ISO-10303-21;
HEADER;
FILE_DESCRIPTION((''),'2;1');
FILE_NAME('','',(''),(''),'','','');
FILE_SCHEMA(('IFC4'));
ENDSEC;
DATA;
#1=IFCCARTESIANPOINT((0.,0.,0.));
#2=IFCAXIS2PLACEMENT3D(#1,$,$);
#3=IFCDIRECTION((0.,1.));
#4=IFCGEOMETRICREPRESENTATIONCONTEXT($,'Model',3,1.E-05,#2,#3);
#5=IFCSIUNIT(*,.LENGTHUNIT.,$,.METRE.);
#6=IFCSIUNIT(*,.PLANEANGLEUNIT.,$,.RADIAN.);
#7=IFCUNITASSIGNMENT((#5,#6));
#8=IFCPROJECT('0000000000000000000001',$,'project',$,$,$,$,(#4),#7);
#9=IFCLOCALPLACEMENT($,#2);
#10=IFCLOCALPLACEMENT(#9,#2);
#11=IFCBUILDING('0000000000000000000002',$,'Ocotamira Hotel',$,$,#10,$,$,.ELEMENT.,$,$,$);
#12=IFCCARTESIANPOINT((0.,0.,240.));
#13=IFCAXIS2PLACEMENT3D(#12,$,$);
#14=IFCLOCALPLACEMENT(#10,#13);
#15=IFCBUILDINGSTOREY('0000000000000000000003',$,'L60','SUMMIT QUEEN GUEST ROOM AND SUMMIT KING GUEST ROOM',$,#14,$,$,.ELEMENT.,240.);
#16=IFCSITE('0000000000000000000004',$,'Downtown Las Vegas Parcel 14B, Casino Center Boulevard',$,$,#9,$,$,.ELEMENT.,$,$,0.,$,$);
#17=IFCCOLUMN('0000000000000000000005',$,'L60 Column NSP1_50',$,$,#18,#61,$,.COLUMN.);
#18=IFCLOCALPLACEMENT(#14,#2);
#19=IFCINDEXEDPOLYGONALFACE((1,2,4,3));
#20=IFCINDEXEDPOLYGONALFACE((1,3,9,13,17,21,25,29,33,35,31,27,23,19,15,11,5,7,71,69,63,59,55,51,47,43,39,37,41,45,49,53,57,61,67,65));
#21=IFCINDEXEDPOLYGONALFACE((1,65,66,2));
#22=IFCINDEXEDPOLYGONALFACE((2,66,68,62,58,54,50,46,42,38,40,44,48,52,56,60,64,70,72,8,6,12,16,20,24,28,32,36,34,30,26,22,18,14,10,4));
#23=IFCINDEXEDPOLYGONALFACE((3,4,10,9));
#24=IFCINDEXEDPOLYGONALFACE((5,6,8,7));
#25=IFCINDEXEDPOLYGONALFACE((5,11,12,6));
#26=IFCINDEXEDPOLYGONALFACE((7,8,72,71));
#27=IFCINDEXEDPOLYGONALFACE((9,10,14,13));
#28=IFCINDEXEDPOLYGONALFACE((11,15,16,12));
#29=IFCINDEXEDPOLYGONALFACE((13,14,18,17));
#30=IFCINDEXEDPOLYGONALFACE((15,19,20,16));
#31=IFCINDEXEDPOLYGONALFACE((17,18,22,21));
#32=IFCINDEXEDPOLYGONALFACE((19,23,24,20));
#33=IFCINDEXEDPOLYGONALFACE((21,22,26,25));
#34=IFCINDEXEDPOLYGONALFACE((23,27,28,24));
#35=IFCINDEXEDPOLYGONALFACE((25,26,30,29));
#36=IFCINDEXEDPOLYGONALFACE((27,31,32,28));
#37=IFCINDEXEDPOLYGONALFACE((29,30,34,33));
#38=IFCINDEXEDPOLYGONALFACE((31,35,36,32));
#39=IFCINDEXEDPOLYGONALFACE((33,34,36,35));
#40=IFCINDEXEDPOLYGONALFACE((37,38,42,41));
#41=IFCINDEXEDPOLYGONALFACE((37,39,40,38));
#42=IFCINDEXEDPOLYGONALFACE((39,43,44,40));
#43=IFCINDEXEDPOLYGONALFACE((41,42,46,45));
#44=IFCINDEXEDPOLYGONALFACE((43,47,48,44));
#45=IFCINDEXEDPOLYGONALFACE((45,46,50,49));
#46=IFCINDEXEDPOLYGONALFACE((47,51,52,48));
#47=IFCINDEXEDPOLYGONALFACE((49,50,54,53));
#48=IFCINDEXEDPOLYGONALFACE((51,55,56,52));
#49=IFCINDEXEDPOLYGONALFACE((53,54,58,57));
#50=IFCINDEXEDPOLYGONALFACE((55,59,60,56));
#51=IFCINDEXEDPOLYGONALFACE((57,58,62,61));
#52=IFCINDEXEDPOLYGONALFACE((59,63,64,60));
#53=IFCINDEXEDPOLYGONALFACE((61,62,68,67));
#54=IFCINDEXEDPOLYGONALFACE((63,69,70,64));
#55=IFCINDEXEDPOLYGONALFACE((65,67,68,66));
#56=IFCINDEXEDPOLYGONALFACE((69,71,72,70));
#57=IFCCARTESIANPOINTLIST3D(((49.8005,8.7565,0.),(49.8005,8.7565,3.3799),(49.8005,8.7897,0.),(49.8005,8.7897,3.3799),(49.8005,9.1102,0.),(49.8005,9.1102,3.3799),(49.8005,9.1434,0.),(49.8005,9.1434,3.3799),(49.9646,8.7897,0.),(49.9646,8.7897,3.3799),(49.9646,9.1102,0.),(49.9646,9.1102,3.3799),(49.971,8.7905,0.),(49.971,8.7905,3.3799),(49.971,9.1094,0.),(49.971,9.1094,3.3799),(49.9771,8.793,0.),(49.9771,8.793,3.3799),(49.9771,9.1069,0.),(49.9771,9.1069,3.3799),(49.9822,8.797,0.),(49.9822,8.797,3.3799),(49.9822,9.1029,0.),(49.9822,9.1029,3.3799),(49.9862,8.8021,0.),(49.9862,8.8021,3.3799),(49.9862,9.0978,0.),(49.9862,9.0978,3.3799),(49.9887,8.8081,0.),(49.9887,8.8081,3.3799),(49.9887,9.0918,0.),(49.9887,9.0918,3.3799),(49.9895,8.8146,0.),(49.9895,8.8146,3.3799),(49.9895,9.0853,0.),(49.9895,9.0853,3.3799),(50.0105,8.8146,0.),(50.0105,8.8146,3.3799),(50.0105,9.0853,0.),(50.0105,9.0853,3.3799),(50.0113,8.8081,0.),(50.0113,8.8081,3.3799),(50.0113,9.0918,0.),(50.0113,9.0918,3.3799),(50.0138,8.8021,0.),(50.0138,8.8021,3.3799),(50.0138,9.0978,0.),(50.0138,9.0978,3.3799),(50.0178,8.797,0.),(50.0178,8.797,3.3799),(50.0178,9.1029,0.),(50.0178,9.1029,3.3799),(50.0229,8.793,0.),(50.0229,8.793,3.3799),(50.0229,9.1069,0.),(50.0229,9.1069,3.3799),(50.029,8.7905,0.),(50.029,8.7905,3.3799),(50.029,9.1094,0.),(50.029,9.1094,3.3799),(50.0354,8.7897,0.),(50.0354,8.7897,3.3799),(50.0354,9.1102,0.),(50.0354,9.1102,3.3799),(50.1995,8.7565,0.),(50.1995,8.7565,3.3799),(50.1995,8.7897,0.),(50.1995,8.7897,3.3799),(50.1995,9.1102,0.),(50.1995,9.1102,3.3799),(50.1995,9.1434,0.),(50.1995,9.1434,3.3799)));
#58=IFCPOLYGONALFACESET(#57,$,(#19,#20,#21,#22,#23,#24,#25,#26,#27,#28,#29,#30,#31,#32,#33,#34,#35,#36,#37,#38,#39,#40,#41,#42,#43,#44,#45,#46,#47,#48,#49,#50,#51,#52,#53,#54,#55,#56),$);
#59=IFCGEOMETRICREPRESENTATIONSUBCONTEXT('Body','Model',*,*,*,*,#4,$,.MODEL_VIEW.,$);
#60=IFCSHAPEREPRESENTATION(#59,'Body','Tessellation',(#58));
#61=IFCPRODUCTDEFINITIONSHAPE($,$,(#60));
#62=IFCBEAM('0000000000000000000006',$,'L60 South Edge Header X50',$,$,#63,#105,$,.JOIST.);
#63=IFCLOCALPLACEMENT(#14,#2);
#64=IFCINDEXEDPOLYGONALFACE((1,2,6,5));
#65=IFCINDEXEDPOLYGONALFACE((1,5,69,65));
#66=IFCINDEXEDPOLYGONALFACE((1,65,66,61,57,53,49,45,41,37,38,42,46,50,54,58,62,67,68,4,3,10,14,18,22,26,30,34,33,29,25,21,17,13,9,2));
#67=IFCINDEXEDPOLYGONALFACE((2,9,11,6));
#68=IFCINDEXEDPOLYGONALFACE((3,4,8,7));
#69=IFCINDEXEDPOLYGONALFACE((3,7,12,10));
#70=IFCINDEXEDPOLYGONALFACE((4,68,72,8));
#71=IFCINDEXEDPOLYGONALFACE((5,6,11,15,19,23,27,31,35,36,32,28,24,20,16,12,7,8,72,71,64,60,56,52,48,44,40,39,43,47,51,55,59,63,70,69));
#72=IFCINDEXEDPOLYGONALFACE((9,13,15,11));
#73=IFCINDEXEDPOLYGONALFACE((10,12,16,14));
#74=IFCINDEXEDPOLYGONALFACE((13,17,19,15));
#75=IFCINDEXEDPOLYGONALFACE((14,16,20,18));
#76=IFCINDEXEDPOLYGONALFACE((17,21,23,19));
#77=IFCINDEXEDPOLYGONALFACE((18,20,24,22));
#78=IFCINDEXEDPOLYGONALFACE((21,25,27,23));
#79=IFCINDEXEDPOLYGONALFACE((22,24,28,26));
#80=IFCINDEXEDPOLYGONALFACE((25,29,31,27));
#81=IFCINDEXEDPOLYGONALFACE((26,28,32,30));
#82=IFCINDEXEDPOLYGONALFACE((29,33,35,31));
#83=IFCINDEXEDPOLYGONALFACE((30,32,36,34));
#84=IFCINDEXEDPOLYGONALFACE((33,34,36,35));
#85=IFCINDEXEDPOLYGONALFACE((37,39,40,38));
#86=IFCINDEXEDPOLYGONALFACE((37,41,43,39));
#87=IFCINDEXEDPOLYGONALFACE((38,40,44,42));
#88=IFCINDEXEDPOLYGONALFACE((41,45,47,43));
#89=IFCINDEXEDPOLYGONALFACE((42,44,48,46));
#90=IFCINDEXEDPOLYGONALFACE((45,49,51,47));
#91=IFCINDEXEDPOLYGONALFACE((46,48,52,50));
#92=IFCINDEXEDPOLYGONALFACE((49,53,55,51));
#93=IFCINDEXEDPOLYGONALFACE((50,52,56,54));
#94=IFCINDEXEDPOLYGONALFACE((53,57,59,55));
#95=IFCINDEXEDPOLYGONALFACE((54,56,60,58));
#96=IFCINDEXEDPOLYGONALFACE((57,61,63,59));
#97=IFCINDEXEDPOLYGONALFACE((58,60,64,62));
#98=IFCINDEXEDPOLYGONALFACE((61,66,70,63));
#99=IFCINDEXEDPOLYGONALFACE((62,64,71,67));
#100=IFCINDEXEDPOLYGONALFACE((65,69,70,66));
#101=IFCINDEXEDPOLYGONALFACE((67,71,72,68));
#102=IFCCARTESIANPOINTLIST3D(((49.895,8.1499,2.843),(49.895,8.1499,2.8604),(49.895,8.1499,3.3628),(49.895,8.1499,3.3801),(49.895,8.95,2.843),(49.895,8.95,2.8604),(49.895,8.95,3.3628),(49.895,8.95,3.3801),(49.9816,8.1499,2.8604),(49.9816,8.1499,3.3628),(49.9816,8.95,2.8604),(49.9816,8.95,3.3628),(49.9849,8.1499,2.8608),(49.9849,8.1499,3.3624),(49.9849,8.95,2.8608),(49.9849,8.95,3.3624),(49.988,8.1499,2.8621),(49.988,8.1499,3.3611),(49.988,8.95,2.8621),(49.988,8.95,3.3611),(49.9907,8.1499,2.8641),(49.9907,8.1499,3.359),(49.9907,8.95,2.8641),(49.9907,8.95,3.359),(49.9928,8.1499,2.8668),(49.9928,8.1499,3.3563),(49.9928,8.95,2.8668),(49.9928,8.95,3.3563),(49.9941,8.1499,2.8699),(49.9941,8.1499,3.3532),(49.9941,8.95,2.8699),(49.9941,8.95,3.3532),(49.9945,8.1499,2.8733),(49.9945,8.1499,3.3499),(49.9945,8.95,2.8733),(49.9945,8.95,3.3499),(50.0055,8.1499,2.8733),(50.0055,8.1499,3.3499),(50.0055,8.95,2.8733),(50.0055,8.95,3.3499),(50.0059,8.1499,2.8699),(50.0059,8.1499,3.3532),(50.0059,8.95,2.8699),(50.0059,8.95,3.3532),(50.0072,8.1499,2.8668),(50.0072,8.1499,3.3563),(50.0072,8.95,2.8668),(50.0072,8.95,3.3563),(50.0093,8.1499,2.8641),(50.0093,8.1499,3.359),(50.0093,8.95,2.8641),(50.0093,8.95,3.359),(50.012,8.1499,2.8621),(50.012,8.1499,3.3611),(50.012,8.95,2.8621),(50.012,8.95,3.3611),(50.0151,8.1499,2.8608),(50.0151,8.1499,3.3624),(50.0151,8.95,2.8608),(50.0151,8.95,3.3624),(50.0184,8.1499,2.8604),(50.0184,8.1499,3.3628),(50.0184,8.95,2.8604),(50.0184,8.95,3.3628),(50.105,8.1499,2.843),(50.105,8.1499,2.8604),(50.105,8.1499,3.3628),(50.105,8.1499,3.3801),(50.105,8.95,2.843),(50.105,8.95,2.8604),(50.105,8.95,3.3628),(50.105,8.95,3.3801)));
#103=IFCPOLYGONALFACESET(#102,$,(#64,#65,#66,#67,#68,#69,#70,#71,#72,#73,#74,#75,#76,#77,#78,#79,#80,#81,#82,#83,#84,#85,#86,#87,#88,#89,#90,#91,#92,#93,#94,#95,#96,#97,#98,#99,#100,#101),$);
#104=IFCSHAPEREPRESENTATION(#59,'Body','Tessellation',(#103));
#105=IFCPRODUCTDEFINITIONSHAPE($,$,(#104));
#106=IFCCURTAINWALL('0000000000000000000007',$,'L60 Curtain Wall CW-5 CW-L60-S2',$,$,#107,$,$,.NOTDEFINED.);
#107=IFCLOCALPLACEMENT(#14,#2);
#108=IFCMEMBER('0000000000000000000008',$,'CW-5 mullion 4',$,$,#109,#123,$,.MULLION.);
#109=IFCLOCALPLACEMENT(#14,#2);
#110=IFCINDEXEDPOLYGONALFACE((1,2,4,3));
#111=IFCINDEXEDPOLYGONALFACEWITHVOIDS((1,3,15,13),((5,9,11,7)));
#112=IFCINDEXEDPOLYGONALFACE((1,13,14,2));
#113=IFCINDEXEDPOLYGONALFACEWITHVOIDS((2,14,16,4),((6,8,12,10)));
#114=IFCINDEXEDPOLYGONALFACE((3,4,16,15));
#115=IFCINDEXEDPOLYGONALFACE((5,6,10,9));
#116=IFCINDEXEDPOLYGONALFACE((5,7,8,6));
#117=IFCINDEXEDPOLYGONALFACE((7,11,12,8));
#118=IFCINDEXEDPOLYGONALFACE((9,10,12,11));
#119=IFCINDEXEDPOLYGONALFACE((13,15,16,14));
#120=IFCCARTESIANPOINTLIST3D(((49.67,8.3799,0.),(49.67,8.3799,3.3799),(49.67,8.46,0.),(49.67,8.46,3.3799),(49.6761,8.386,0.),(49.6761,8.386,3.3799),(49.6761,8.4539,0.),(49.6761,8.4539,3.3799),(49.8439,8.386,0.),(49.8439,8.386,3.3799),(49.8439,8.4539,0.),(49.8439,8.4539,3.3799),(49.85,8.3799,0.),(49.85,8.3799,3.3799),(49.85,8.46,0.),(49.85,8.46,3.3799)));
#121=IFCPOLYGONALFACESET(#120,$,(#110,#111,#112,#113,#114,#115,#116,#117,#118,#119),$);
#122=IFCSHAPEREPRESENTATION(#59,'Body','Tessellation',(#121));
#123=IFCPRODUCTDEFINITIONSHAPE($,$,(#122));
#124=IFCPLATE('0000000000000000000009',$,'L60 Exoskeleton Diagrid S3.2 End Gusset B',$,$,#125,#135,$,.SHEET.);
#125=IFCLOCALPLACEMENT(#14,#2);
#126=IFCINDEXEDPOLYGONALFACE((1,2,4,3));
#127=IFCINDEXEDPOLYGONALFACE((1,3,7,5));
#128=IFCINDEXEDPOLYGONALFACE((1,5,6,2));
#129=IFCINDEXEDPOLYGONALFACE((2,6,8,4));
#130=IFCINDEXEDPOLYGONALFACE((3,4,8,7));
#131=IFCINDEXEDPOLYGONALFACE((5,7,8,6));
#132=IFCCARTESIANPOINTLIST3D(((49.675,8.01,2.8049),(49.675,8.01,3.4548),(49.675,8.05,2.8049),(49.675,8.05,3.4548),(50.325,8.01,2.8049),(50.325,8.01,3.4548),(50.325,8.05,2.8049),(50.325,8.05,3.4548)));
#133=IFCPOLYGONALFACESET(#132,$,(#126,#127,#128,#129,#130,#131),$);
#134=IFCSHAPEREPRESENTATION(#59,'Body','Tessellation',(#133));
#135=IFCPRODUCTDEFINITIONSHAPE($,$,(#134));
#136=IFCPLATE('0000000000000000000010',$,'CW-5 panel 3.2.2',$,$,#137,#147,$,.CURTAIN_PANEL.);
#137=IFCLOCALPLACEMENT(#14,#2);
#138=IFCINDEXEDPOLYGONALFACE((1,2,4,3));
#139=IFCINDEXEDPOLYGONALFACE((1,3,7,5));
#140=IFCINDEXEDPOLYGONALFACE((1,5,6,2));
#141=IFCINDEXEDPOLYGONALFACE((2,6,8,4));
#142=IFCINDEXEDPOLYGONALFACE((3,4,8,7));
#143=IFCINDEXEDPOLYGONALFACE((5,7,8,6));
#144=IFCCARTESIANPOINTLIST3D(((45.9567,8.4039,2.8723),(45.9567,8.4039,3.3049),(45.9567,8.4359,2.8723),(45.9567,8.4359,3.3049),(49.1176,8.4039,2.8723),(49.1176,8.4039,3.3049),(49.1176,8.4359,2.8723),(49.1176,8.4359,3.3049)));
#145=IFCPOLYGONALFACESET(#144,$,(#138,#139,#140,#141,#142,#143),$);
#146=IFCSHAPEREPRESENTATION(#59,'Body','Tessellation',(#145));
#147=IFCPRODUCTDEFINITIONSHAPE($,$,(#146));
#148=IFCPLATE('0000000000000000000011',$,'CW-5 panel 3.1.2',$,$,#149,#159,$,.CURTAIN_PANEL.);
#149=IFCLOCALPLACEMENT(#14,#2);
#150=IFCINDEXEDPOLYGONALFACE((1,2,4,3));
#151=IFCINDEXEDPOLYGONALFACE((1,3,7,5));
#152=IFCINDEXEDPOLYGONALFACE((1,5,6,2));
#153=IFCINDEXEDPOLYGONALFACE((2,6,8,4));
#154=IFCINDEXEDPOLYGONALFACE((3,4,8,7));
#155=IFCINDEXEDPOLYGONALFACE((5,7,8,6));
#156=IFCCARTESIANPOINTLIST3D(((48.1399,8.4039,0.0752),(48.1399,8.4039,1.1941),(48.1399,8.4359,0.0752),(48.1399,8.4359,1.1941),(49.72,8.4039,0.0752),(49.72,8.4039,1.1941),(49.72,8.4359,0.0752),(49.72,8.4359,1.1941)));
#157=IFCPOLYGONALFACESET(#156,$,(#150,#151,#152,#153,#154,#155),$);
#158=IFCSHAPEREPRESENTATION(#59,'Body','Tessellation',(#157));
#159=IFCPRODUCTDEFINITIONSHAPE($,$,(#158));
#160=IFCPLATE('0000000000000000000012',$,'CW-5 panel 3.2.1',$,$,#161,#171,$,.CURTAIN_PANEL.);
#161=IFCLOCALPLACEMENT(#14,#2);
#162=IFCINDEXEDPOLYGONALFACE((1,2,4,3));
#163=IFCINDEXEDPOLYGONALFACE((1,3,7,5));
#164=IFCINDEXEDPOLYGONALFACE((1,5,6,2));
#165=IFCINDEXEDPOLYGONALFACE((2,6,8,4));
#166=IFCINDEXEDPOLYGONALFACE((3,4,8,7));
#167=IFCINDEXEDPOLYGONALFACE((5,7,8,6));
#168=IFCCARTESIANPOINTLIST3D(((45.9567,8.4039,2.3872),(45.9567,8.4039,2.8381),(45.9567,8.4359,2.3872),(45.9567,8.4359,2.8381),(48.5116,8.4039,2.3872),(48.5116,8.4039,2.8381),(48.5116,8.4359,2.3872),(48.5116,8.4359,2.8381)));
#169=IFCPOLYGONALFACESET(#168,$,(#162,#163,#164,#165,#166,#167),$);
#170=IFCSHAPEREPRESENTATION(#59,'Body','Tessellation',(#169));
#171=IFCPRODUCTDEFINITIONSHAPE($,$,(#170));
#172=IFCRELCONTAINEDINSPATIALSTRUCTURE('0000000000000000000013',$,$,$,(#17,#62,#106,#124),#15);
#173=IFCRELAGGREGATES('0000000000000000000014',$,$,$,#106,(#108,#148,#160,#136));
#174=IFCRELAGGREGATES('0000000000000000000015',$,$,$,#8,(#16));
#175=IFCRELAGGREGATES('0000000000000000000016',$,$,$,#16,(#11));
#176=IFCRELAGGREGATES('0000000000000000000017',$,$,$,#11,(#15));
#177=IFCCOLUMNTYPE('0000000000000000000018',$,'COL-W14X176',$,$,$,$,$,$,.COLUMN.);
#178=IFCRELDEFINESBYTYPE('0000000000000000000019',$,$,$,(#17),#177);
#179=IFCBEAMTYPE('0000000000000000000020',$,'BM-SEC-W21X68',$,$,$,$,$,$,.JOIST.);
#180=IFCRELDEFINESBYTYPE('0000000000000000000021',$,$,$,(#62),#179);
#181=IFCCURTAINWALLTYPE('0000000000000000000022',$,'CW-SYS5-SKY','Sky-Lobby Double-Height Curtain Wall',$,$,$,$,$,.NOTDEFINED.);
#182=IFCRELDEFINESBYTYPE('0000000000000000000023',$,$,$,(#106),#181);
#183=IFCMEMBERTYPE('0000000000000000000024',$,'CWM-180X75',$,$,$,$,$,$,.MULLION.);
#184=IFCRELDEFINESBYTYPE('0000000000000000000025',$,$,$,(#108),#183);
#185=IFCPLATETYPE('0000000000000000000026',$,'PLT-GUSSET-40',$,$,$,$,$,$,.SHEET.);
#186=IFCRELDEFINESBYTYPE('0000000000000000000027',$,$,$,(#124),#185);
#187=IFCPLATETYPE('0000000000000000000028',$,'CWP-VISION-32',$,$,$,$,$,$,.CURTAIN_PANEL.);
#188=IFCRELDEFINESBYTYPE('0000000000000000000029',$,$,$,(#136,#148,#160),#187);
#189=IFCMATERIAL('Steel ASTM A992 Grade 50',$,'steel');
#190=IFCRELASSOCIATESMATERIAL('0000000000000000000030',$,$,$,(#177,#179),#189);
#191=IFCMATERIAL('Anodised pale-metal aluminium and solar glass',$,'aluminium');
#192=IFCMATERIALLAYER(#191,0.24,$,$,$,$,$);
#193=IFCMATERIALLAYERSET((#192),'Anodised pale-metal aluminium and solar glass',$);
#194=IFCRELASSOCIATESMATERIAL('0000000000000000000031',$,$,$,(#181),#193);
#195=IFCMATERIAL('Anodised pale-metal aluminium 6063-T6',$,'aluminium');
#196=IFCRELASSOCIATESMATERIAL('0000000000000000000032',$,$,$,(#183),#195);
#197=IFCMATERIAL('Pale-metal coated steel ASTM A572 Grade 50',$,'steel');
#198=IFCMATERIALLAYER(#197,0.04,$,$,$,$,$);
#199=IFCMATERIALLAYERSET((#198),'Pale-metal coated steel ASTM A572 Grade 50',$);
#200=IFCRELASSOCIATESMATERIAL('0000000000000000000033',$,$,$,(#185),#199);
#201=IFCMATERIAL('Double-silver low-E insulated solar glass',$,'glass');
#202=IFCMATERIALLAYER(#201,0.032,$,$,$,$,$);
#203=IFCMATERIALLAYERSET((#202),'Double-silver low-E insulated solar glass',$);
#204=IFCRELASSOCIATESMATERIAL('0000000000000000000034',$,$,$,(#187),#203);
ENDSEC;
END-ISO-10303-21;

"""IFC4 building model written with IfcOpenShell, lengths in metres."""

from ifc_helpers import new_model, si_unit, direction, frame, origin, origin_2d, place, context, subcontext, project, spatial, rectangle, hollow_rectangle, i_section, extrude, source, transform, mapped, material, layer, layer_set, material_profile, profile_set, type_object, element, aggregate, save


model = new_model("IFC4")

# Units and contexts
model_context = context("Model", 3, precision=1e-05, world=origin(), true_north=direction((0.0, 1.0)))
body_context = subcontext(model_context, "Body", "Model", "MODEL_VIEW")
ifc_project = project(units=[si_unit("LENGTHUNIT", "METRE"), si_unit("PLANEANGLEUNIT", "RADIAN")], contexts=[model_context])

# Site, building, storey
site_placement = place(None, origin())
site = spatial("IfcSite", under=ifc_project, at=site_placement, Name="Downtown Las Vegas Parcel 14B, Casino Center Boulevard", CompositionType="ELEMENT", RefElevation=0.0)
building_placement = place(site_placement, origin())
building = spatial("IfcBuilding", under=site, at=building_placement, Name="Ocotamira Hotel", CompositionType="ELEMENT")
storey_placement = place(building_placement, frame((0.0, 0.0, 240.0)))
storey = spatial("IfcBuildingStorey", under=building, at=storey_placement, Name="L60", Description="SUMMIT QUEEN GUEST ROOM AND SUMMIT KING GUEST ROOM", CompositionType="ELEMENT", Elevation=240.0)

# Column
ifc_material_1 = material(Name="Steel ASTM A992 Grade 50", Category="steel")
ifc_material_profile_1 = material_profile(ifc_material_1, i_section(OverallWidth=0.3989, OverallDepth=0.387, WebThickness=0.021, FlangeThickness=0.0332, FilletRadius=0.0249, at=origin_2d()), Name="W14X176")
ifc_profile_set_1 = profile_set([ifc_material_profile_1], Name="Steel ASTM A992 Grade 50")
column_type = type_object("IfcColumnType", Name="COL-W14X176", PredefinedType="COLUMN", material=ifc_profile_set_1)
shared_shape_1 = source(origin(), body_context, "Body", "SweptSolid", [
    extrude(i_section(OverallWidth=0.3989, OverallDepth=0.387, WebThickness=0.021, FlangeThickness=0.0332, FilletRadius=0.0249, at=origin_2d()), origin(), (0.0, 0.0, 1.0), 3.3799),
])
column_placement = place(storey_placement, frame((50.0, 8.95, 0.0), z_axis=(0.0, 0.0, 1.0), x_axis=(1.0, 0.0, 0.0)))
element("IfcColumn", 1, at=column_placement, inside=storey, type_object=column_type, Name="L60 Column NSP1_50", PredefinedType="COLUMN", context=body_context, shape_type="MappedRepresentation", body=[
    mapped(shared_shape_1, transform((0.0, 0.0, 0.0), scale=1.0)),
])

# Beam
ifc_material_profile_2 = material_profile(ifc_material_1, i_section(OverallWidth=0.21, OverallDepth=0.5371, WebThickness=0.011, FlangeThickness=0.0173, FilletRadius=0.0129, at=origin_2d()), Name="W21X68")
ifc_profile_set_2 = profile_set([ifc_material_profile_2], Name="Steel ASTM A992 Grade 50")
beam_type = type_object("IfcBeamType", Name="BM-SEC-W21X68", PredefinedType="JOIST", material=ifc_profile_set_2)
shared_shape_2 = source(origin(), body_context, "Body", "SweptSolid", [
    extrude(i_section(OverallWidth=0.21, OverallDepth=0.5371, WebThickness=0.011, FlangeThickness=0.0173, FilletRadius=0.0129, at=origin_2d()), origin(), (0.0, 0.0, 1.0), 0.8),
])
beam_placement = place(storey_placement, frame((50.0, 8.95, 3.1116), z_axis=(0.0, -1.0, 0.0), x_axis=(1.0, 0.0, 0.0)))
element("IfcBeam", 2, at=beam_placement, inside=storey, type_object=beam_type, Name="L60 South Edge Header X50", PredefinedType="JOIST", context=body_context, shape_type="MappedRepresentation", body=[
    mapped(shared_shape_2, transform((0.0, 0.0, 0.0), scale=1.0)),
])

# Curtain wall, member
ifc_material_2 = material(Name="Anodised pale-metal aluminium and solar glass", Category="aluminium")
ifc_layer_1 = layer(ifc_material_2, 0.24)
ifc_layer_set_1 = layer_set([ifc_layer_1], Name="Anodised pale-metal aluminium and solar glass")
curtain_wall_type = type_object("IfcCurtainWallType", Name="CW-SYS5-SKY", Description="Sky-Lobby Double-Height Curtain Wall", PredefinedType="NOTDEFINED", material=ifc_layer_set_1)
curtain_wall_placement = place(storey_placement, origin())
curtain_wall = element("IfcCurtainWall", 3, at=curtain_wall_placement, inside=storey, type_object=curtain_wall_type, Name="L60 Curtain Wall CW-5 CW-L60-S2", PredefinedType="NOTDEFINED")
ifc_material_3 = material(Name="Anodised pale-metal aluminium 6063-T6", Category="aluminium")
ifc_material_profile_3 = material_profile(ifc_material_3, hollow_rectangle(XDim=0.0801, YDim=0.1799, WallThickness=0.0061, at=origin_2d()), Name="HSS180X80X6")
ifc_profile_set_3 = profile_set([ifc_material_profile_3], Name="Anodised pale-metal aluminium 6063-T6")
member_type = type_object("IfcMemberType", Name="CWM-180X75", PredefinedType="MULLION", material=ifc_profile_set_3)
shared_shape_3 = source(origin(), body_context, "Body", "SweptSolid", [
    extrude(hollow_rectangle(XDim=0.0801, YDim=0.1799, WallThickness=0.0061, at=origin_2d()), origin(), (0.0, 0.0, 1.0), 3.3799),
])
member_placement = place(storey_placement, frame((49.76, 8.4199, 0.0), z_axis=(0.0, 0.0, 1.0), x_axis=(0.0, 1.0, 0.0)))
member = element("IfcMember", 4, at=member_placement, type_object=member_type, Name="CW-5 mullion 4", PredefinedType="MULLION", context=body_context, shape_type="MappedRepresentation", body=[
    mapped(shared_shape_3, transform((0.0, 0.0, 0.0), scale=1.0)),
])

# Plates
ifc_material_4 = material(Name="Pale-metal coated steel ASTM A572 Grade 50", Category="steel")
ifc_layer_2 = layer(ifc_material_4, 0.04)
ifc_layer_set_2 = layer_set([ifc_layer_2], Name="Pale-metal coated steel ASTM A572 Grade 50")
plate_type_1 = type_object("IfcPlateType", Name="PLT-GUSSET-40", PredefinedType="SHEET", material=ifc_layer_set_2)
shared_shape_4 = source(origin(), body_context, "Body", "SweptSolid", [
    extrude(rectangle(XDim=0.6499, YDim=0.04, at=origin_2d()), origin(), (0.0, 0.0, 1.0), 0.6499),
])
plate_1_placement = place(storey_placement, frame((50.0, 8.03, 2.8049), z_axis=(0.0, 0.0, 1.0), x_axis=(1.0, 0.0, 0.0)))
element("IfcPlate", 5, at=plate_1_placement, inside=storey, type_object=plate_type_1, Name="L60 Exoskeleton Diagrid S3.2 End Gusset B", PredefinedType="SHEET", context=body_context, shape_type="MappedRepresentation", body=[
    mapped(shared_shape_4, transform((0.0, 0.0, 0.0), scale=1.0)),
])
ifc_material_5 = material(Name="Double-silver low-E insulated solar glass", Category="glass")
ifc_layer_3 = layer(ifc_material_5, 0.032)
ifc_layer_set_3 = layer_set([ifc_layer_3], Name="Double-silver low-E insulated solar glass")
plate_type_2 = type_object("IfcPlateType", Name="CWP-VISION-32", PredefinedType="CURTAIN_PANEL", material=ifc_layer_set_3)
shared_shape_5 = source(origin(), body_context, "Body", "SweptSolid", [
    extrude(rectangle(XDim=3.1609, YDim=0.032, at=origin_2d()), origin(), (0.0, 0.0, 1.0), 0.4326),
])
plate_2_placement = place(storey_placement, frame((47.5371, 8.4199, 2.8723), z_axis=(0.0, 0.0, 1.0), x_axis=(1.0, 0.0, 0.0)))
plate_2 = element("IfcPlate", 6, at=plate_2_placement, type_object=plate_type_2, Name="CW-5 panel 3.2.2", PredefinedType="CURTAIN_PANEL", context=body_context, shape_type="MappedRepresentation", body=[
    mapped(shared_shape_5, transform((0.0, 0.0, 0.0), scale=1.0)),
])
shared_shape_6 = source(origin(), body_context, "Body", "SweptSolid", [
    extrude(rectangle(XDim=1.5801, YDim=0.032, at=origin_2d()), origin(), (0.0, 0.0, 1.0), 1.1189),
])
plate_3_placement = place(storey_placement, frame((48.9299, 8.4199, 0.0752), z_axis=(0.0, 0.0, 1.0), x_axis=(1.0, 0.0, 0.0)))
plate_3 = element("IfcPlate", 7, at=plate_3_placement, type_object=plate_type_2, Name="CW-5 panel 3.1.2", PredefinedType="CURTAIN_PANEL", context=body_context, shape_type="MappedRepresentation", body=[
    mapped(shared_shape_6, transform((0.0, 0.0, 0.0), scale=1.0)),
])
shared_shape_7 = source(origin(), body_context, "Body", "SweptSolid", [
    extrude(rectangle(XDim=2.5549, YDim=0.032, at=origin_2d()), origin(), (0.0, 0.0, 1.0), 0.4509),
])
plate_4_placement = place(storey_placement, frame((47.2341, 8.4199, 2.3872), z_axis=(0.0, 0.0, 1.0), x_axis=(1.0, 0.0, 0.0)))
plate_4 = element("IfcPlate", 8, at=plate_4_placement, type_object=plate_type_2, Name="CW-5 panel 3.2.1", PredefinedType="CURTAIN_PANEL", context=body_context, shape_type="MappedRepresentation", body=[
    mapped(shared_shape_7, transform((0.0, 0.0, 0.0), scale=1.0)),
])
aggregate(curtain_wall, [member, plate_3, plate_4, plate_2])

save(model, "model.ifc")
